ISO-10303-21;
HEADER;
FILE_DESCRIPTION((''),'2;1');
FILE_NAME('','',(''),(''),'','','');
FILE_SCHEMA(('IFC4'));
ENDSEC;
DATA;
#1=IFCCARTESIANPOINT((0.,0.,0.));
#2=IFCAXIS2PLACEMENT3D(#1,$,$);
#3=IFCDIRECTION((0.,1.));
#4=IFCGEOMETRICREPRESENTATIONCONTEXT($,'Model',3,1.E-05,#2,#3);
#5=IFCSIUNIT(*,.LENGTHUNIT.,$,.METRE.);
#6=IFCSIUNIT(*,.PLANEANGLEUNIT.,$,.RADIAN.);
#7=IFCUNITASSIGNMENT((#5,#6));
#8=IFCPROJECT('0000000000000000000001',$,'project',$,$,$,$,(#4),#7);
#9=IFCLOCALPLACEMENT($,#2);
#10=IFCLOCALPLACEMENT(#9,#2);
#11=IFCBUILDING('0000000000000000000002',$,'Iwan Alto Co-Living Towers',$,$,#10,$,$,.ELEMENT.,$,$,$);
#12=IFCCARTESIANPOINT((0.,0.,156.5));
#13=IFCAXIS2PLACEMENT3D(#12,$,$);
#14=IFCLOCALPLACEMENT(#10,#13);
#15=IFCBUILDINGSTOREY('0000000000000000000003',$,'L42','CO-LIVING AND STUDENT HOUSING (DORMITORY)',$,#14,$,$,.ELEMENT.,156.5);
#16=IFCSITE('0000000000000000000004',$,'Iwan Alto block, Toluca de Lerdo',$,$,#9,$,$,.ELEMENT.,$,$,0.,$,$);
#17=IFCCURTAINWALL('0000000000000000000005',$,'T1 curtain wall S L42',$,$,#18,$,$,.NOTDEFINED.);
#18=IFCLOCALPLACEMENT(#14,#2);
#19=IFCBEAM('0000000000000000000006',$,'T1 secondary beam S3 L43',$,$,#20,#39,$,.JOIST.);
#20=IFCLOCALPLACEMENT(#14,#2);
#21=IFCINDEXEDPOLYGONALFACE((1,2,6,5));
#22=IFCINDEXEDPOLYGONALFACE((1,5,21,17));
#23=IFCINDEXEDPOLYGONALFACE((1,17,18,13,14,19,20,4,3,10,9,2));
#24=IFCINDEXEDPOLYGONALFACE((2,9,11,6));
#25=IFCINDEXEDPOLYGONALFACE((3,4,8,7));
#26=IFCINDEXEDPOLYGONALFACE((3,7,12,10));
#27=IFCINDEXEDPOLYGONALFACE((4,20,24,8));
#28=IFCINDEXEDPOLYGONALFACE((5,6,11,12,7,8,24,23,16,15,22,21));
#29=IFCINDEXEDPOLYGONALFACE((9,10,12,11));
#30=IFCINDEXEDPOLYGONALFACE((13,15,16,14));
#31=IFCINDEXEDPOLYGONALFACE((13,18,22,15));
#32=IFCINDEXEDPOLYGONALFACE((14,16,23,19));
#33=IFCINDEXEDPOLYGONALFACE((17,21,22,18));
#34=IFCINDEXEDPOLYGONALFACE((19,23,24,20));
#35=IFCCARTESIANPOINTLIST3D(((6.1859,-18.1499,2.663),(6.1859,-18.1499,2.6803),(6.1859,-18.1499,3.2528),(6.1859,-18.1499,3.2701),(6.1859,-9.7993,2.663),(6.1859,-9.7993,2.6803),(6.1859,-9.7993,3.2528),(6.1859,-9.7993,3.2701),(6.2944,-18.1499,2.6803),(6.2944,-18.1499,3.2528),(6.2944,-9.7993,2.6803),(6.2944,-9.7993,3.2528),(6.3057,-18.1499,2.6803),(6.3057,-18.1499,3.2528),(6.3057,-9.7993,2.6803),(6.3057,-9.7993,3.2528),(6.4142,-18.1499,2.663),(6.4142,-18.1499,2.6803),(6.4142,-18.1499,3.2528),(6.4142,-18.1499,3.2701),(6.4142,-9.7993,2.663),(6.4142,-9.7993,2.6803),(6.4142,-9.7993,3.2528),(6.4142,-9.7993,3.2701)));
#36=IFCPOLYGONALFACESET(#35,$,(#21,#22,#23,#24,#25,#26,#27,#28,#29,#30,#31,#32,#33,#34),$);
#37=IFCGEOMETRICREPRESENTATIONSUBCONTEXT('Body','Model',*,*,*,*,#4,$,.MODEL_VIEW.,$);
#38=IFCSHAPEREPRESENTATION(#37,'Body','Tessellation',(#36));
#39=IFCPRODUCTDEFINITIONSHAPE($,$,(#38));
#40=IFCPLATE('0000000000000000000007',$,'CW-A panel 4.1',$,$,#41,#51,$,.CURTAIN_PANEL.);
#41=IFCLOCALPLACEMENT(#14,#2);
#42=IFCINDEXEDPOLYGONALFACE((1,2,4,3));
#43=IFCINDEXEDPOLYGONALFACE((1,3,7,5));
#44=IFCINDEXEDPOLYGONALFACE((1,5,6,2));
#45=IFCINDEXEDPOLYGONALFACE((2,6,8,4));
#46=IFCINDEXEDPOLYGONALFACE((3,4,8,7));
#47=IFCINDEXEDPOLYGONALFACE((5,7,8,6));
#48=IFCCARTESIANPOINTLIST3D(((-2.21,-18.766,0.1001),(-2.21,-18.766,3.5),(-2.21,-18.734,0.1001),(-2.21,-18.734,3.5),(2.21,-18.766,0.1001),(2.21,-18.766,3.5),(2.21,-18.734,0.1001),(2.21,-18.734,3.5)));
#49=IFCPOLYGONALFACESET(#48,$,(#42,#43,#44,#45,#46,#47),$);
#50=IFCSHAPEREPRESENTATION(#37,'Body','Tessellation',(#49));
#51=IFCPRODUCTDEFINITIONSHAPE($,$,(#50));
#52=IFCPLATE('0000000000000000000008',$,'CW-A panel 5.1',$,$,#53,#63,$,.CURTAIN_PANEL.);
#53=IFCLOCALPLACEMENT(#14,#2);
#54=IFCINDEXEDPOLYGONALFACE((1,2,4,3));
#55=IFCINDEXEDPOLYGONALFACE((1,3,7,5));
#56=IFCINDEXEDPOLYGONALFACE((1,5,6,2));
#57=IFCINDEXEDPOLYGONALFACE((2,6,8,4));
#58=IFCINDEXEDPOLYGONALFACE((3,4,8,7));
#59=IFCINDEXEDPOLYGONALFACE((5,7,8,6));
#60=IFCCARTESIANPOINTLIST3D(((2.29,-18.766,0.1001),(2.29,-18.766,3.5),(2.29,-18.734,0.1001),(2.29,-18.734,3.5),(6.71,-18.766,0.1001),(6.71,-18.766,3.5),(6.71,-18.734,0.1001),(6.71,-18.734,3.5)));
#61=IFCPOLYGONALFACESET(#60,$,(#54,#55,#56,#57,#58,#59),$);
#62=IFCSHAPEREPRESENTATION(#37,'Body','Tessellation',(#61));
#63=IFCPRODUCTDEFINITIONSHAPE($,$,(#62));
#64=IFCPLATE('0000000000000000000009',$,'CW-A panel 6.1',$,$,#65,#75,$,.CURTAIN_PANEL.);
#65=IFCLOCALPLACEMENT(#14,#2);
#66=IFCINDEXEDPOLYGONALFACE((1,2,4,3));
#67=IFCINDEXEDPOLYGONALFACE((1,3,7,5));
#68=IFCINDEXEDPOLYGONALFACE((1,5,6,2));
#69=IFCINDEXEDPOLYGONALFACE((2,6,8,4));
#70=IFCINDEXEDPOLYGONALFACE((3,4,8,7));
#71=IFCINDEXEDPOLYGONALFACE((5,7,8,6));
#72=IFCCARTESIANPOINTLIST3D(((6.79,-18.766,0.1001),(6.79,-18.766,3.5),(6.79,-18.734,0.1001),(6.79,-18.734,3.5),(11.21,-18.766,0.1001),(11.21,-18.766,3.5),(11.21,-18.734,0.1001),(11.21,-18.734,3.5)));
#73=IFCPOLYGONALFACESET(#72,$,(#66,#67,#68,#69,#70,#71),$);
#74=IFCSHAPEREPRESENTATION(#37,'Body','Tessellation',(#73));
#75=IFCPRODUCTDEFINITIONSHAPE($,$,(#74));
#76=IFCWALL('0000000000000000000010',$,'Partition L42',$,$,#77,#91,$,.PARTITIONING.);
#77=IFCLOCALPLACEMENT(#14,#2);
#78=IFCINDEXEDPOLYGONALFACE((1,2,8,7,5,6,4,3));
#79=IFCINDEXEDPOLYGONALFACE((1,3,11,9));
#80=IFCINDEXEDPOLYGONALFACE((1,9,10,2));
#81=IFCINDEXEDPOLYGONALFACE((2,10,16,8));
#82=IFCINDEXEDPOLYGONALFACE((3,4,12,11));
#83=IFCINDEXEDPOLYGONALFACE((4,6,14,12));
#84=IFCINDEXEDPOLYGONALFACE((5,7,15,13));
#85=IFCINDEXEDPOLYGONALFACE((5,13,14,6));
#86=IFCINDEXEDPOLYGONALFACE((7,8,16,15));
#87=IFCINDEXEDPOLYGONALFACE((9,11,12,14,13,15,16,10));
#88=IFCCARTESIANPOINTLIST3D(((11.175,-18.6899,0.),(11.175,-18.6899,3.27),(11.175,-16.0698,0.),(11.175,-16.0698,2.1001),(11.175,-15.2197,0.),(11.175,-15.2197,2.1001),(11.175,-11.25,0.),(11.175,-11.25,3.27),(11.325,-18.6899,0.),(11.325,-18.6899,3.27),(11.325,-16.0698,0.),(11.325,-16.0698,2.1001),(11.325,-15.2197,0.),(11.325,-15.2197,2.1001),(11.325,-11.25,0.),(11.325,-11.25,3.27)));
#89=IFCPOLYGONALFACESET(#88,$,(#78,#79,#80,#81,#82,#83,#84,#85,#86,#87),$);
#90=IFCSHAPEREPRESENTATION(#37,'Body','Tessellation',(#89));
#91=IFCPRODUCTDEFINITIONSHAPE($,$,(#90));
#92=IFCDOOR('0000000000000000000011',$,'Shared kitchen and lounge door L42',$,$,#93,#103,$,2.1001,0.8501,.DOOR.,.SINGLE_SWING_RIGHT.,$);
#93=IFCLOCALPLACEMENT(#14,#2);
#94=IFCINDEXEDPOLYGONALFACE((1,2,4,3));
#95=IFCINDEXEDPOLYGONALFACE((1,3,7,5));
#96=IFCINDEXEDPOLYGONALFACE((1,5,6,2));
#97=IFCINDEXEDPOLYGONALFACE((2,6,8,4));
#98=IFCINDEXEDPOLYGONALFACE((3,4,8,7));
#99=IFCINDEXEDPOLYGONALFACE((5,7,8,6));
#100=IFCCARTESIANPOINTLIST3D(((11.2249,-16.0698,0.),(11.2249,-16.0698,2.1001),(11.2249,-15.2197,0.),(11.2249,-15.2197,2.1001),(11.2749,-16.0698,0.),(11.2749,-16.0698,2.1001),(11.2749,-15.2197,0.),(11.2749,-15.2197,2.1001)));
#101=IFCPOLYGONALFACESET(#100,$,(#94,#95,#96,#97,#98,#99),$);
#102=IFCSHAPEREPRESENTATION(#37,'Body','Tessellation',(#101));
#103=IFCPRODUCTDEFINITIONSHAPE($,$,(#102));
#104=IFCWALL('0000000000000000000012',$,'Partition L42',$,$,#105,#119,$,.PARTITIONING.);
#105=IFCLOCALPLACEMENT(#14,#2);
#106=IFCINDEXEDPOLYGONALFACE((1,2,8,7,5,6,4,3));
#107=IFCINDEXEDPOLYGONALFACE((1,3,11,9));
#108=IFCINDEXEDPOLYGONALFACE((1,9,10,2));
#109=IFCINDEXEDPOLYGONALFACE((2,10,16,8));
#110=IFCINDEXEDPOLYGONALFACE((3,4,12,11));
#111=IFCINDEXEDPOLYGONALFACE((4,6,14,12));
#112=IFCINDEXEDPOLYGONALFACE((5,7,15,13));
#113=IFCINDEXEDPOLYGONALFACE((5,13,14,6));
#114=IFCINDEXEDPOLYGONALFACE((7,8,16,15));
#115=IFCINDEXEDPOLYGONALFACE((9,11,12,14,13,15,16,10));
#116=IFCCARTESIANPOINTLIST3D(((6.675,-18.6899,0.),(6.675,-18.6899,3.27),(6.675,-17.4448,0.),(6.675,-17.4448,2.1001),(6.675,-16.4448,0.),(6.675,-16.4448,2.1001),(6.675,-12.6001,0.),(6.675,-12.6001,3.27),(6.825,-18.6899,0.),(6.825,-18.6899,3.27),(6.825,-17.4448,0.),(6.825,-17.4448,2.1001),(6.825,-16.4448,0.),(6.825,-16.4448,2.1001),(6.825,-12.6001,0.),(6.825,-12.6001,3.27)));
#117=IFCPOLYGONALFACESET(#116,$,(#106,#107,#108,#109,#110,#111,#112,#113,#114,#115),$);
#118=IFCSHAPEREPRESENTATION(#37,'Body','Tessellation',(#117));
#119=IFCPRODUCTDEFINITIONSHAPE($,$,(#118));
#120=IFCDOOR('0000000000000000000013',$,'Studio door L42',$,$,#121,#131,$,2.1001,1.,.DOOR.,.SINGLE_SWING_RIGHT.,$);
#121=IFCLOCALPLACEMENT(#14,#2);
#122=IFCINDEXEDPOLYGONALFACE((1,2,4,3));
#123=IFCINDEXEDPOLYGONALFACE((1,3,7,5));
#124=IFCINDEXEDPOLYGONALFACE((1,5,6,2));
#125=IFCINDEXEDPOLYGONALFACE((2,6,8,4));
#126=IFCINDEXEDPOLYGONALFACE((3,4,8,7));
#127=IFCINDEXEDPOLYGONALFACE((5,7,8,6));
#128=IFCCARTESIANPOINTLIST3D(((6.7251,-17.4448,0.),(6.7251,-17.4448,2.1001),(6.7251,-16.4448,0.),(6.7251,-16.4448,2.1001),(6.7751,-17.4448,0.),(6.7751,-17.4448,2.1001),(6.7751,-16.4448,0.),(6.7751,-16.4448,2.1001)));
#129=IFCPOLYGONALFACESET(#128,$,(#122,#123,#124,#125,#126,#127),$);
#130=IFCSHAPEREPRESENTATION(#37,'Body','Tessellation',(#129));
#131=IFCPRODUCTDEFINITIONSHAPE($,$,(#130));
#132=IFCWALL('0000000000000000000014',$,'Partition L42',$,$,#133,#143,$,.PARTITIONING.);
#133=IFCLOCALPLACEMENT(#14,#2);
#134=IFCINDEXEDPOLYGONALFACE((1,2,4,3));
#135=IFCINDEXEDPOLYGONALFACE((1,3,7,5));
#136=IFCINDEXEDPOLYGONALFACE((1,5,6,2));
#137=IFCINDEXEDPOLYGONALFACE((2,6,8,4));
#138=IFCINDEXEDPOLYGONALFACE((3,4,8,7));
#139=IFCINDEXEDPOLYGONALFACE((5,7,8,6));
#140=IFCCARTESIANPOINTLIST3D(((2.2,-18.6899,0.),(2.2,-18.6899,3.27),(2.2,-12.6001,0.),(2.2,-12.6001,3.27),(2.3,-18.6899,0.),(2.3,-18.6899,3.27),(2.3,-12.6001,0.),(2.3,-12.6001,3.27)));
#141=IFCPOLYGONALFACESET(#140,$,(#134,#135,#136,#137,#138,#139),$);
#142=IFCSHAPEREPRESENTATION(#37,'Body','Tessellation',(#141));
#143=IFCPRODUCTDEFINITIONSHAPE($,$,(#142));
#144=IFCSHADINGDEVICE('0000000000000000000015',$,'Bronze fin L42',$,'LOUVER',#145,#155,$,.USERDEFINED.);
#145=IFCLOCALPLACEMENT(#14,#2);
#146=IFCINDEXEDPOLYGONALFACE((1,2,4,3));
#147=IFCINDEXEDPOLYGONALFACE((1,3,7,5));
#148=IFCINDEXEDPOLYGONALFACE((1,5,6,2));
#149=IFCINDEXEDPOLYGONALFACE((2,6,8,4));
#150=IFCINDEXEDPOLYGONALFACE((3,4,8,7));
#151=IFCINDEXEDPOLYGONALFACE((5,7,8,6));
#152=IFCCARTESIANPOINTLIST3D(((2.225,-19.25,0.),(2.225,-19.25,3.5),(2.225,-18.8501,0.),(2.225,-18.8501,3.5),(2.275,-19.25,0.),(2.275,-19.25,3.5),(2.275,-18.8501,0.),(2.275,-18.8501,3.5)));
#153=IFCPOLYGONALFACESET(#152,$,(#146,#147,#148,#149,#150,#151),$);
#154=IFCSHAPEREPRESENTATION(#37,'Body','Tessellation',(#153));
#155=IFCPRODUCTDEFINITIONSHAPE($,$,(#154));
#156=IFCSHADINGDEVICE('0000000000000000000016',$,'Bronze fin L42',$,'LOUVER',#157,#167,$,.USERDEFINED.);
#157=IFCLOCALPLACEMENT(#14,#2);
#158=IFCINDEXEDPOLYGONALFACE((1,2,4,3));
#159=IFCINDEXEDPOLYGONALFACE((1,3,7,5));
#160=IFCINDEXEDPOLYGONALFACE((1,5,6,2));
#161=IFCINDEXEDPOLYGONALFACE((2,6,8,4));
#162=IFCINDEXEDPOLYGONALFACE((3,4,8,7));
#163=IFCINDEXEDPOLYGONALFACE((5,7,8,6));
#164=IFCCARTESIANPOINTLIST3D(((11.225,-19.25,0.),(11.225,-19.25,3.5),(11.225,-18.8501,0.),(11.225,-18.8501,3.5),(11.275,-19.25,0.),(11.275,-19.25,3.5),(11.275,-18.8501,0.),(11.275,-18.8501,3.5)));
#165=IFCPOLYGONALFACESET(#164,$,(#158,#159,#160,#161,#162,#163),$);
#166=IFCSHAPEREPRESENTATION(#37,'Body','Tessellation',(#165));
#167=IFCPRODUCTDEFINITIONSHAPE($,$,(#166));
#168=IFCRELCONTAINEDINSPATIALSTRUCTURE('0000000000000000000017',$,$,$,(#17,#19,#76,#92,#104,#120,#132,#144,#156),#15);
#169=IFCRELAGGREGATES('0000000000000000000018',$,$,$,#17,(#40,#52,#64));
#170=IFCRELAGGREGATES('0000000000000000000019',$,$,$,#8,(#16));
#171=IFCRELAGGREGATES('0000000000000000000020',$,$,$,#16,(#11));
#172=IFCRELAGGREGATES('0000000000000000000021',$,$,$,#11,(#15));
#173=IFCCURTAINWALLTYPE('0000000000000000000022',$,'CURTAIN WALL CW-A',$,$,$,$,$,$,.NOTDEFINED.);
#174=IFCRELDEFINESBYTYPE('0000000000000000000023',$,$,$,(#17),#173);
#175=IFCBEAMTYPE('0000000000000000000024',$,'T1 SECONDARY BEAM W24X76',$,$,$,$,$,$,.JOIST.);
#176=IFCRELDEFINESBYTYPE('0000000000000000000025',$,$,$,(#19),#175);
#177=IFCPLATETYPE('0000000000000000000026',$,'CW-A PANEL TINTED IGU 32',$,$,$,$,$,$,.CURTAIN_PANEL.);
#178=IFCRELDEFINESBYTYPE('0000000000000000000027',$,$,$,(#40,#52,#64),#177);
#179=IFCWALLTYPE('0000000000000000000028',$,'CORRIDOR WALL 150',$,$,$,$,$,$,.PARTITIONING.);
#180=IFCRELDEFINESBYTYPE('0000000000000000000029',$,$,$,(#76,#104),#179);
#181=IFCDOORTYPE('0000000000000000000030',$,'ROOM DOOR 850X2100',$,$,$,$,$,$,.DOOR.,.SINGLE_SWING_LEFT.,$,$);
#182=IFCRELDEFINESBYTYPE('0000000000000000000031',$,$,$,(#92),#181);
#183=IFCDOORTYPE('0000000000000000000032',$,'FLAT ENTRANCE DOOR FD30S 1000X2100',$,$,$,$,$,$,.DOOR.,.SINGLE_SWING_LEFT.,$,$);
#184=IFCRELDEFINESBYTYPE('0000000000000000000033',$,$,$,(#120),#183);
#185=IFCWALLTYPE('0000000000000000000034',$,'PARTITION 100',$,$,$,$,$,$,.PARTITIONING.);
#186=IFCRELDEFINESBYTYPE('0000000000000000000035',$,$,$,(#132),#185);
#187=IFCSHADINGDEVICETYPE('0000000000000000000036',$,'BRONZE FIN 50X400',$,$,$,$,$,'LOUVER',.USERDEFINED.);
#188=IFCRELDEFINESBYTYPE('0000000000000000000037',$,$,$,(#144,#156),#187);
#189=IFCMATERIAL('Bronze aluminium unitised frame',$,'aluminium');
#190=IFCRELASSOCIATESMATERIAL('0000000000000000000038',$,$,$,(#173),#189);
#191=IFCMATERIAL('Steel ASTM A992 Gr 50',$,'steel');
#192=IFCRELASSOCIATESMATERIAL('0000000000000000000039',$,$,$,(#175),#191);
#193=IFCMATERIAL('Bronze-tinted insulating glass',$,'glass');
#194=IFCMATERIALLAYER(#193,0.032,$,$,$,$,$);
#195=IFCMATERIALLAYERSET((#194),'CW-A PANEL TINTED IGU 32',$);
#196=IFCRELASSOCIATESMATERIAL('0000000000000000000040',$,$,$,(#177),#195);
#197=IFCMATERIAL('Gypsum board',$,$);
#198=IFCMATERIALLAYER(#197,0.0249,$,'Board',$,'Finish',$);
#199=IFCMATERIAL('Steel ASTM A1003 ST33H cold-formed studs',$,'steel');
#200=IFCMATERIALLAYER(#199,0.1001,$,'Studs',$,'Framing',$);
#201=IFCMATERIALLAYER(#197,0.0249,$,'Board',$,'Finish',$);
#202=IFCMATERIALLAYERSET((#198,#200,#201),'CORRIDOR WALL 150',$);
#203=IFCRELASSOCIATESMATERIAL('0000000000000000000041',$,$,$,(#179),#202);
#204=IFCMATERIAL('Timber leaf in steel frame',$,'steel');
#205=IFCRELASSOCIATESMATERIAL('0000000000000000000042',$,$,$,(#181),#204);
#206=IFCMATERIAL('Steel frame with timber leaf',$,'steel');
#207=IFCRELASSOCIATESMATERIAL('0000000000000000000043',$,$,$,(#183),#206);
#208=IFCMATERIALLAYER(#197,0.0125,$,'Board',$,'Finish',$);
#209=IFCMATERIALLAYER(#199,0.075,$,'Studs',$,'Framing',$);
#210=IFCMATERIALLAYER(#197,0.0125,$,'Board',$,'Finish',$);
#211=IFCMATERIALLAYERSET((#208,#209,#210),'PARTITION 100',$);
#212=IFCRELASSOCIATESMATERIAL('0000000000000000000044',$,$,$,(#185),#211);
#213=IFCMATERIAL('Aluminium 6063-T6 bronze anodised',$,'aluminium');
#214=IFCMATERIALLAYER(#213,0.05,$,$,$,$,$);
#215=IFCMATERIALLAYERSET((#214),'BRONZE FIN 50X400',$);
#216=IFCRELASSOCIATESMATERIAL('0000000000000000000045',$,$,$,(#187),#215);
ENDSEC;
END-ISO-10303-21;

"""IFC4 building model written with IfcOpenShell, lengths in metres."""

from ifc_helpers import new_model, si_unit, direction, frame, frame_2d, origin, origin_2d, place, context, subcontext, project, spatial, rectangle, i_section, extrude, material, layer, layer_set, material_profile, profile_set, type_object, element, fill, aggregate, save


model = new_model("IFC4")

# Units and contexts
model_context = context("Model", 3, precision=1e-05, world=origin(), true_north=direction((0.0, 1.0)))
body_context = subcontext(model_context, "Body", "Model", "MODEL_VIEW")
ifc_project = project(units=[si_unit("LENGTHUNIT", "METRE"), si_unit("PLANEANGLEUNIT", "RADIAN")], contexts=[model_context])

# Site, building, storey
site_placement = place(None, origin())
site = spatial("IfcSite", under=ifc_project, at=site_placement, Name="Iwan Alto block, Toluca de Lerdo", CompositionType="ELEMENT", RefElevation=0.0)
building_placement = place(site_placement, origin())
building = spatial("IfcBuilding", under=site, at=building_placement, Name="Iwan Alto Co-Living Towers", CompositionType="ELEMENT")
storey_placement = place(building_placement, frame((0.0, 0.0, 156.5)))
storey = spatial("IfcBuildingStorey", under=building, at=storey_placement, Name="L42", Description="CO-LIVING AND STUDENT HOUSING (DORMITORY)", CompositionType="ELEMENT", Elevation=156.5)

# Curtain wall
ifc_material_1 = material(Name="Bronze aluminium unitised frame", Category="aluminium")
curtain_wall_type = type_object("IfcCurtainWallType", Name="CURTAIN WALL CW-A", PredefinedType="NOTDEFINED", material=ifc_material_1)
curtain_wall_placement = place(storey_placement, origin())
curtain_wall = element("IfcCurtainWall", 1, at=curtain_wall_placement, inside=storey, type_object=curtain_wall_type, Name="T1 curtain wall S L42", PredefinedType="NOTDEFINED")

# Beam
ifc_material_2 = material(Name="Steel ASTM A992 Gr 50", Category="steel")
ifc_material_profile_1 = material_profile(ifc_material_2, i_section(OverallWidth=0.2283, OverallDepth=0.6072, WebThickness=0.0112, FlangeThickness=0.0173, at=origin_2d()), Name="W24X76")
ifc_profile_set_1 = profile_set([ifc_material_profile_1], Name="Steel ASTM A992 Gr 50")
beam_type_1 = type_object("IfcBeamType", Name="T1 SECONDARY BEAM W24X76", PredefinedType="JOIST", material=ifc_profile_set_1)
beam_1_placement = place(storey_placement, frame((6.3, -18.1499, 2.9666), z_axis=(0.0, 1.0, 0.0), x_axis=(-1.0, 0.0, 0.0)))
element("IfcBeam", 2, at=beam_1_placement, inside=storey, type_object=beam_type_1, Name="T1 secondary beam S3 L43", PredefinedType="JOIST", context=body_context, shape_type="SweptSolid", body=[
    extrude(i_section(OverallWidth=0.2283, OverallDepth=0.6072, WebThickness=0.0112, FlangeThickness=0.0173, at=origin_2d()), origin(), (0.0, 0.0, 1.0), 8.3506),
])

# Plates
ifc_material_3 = material(Name="Bronze-tinted insulating glass", Category="glass")
ifc_layer_1 = layer(ifc_material_3, 0.032)
ifc_layer_set_1 = layer_set([ifc_layer_1], Name="CW-A PANEL TINTED IGU 32")
plate_type = type_object("IfcPlateType", Name="CW-A PANEL TINTED IGU 32", PredefinedType="CURTAIN_PANEL", material=ifc_layer_set_1)
plate_1_placement = place(storey_placement, frame((0.0, -18.75, 0.1001), z_axis=(0.0, 0.0, 1.0), x_axis=(1.0, 0.0, 0.0)))
plate_1 = element("IfcPlate", 3, at=plate_1_placement, type_object=plate_type, Name="CW-A panel 4.1", PredefinedType="CURTAIN_PANEL", context=body_context, shape_type="SweptSolid", body=[
    extrude(rectangle(XDim=4.4199, YDim=0.032, at=origin_2d()), origin(), (0.0, 0.0, 1.0), 3.3999),
])
plate_2_placement = place(storey_placement, frame((4.5, -18.75, 0.1001), z_axis=(0.0, 0.0, 1.0), x_axis=(1.0, 0.0, 0.0)))
plate_2 = element("IfcPlate", 4, at=plate_2_placement, type_object=plate_type, Name="CW-A panel 5.1", PredefinedType="CURTAIN_PANEL", context=body_context, shape_type="SweptSolid", body=[
    extrude(rectangle(XDim=4.4199, YDim=0.032, at=origin_2d()), origin(), (0.0, 0.0, 1.0), 3.3999),
])
plate_3_placement = place(storey_placement, frame((9.0, -18.75, 0.1001), z_axis=(0.0, 0.0, 1.0), x_axis=(1.0, 0.0, 0.0)))
plate_3 = element("IfcPlate", 5, at=plate_3_placement, type_object=plate_type, Name="CW-A panel 6.1", PredefinedType="CURTAIN_PANEL", context=body_context, shape_type="SweptSolid", body=[
    extrude(rectangle(XDim=4.4199, YDim=0.032, at=origin_2d()), origin(), (0.0, 0.0, 1.0), 3.3999),
])
aggregate(curtain_wall, [plate_1, plate_2, plate_3])

# Walls, openings, doors
ifc_material_4 = material(Name="Gypsum board")
ifc_layer_2 = layer(ifc_material_4, 0.0249, Name="Board", Category="Finish")
ifc_material_5 = material(Name="Steel ASTM A1003 ST33H cold-formed studs", Category="steel")
ifc_layer_3 = layer(ifc_material_5, 0.1001, Name="Studs", Category="Framing")
ifc_layer_4 = layer(ifc_material_4, 0.0249, Name="Board", Category="Finish")
ifc_layer_set_2 = layer_set([ifc_layer_2, ifc_layer_3, ifc_layer_4], Name="CORRIDOR WALL 150")
wall_type_1 = type_object("IfcWallType", Name="CORRIDOR WALL 150", PredefinedType="PARTITIONING", material=ifc_layer_set_2)
wall_1_placement = place(storey_placement, frame((11.25, -18.6899, 0.0), z_axis=(0.0, 0.0, 1.0), x_axis=(0.0, 1.0, 0.0)))
wall_1 = element("IfcWall", 6, at=wall_1_placement, inside=storey, type_object=wall_type_1, Name="Partition L42", PredefinedType="PARTITIONING", context=body_context, shape_type="SweptSolid", body=[
    extrude(rectangle(XDim=7.4399, YDim=0.1499, at=frame_2d((3.72, 0.0))), origin(), (0.0, 0.0, 1.0), 3.27),
])
opening_1_placement = place(wall_1_placement, frame((2.6201, 0.0, 0.0)))
opening_1 = element("IfcOpeningElement", 7, at=opening_1_placement, cuts=wall_1, PredefinedType="OPENING", context=body_context, shape_type="SweptSolid", body=[
    extrude(rectangle(XDim=0.8501, YDim=2.1001, at=frame_2d((0.425, 1.05))), frame((0.0, 0.085, 0.0), z_axis=(0.0, -1.0, 0.0), x_axis=(1.0, 0.0, 0.0)), (0.0, 0.0, 1.0), 0.1699),
])
ifc_material_6 = material(Name="Timber leaf in steel frame", Category="steel")
door_type_1 = type_object("IfcDoorType", Name="ROOM DOOR 850X2100", OperationType="SINGLE_SWING_LEFT", PredefinedType="DOOR", material=ifc_material_6)
door_1_placement = place(opening_1_placement, frame((0.8501, 0.0, 0.0), z_axis=(0.0, 0.0, 1.0), x_axis=(-1.0, 0.0, 0.0)))
door_1 = element("IfcDoor", 8, at=door_1_placement, inside=storey, type_object=door_type_1, Name="Shared kitchen and lounge door L42", OperationType="SINGLE_SWING_RIGHT", OverallHeight=2.1001, OverallWidth=0.8501, PredefinedType="DOOR", context=body_context, shape_type="SweptSolid", body=[
    extrude(rectangle(XDim=0.8501, YDim=2.1001, at=frame_2d((0.425, 1.05))), frame((0.0, 0.0249, 0.0), z_axis=(0.0, -1.0, 0.0), x_axis=(1.0, 0.0, 0.0)), (0.0, 0.0, 1.0), 0.05),
])
fill(opening_1, door_1)
wall_2_placement = place(storey_placement, frame((6.75, -18.6899, 0.0), z_axis=(0.0, 0.0, 1.0), x_axis=(0.0, 1.0, 0.0)))
wall_2 = element("IfcWall", 9, at=wall_2_placement, inside=storey, type_object=wall_type_1, Name="Partition L42", PredefinedType="PARTITIONING", context=body_context, shape_type="SweptSolid", body=[
    extrude(rectangle(XDim=6.0898, YDim=0.1499, at=frame_2d((3.0449, 0.0))), origin(), (0.0, 0.0, 1.0), 3.27),
])
opening_2_placement = place(wall_2_placement, frame((1.2451, 0.0, 0.0)))
opening_2 = element("IfcOpeningElement", 10, at=opening_2_placement, cuts=wall_2, PredefinedType="OPENING", context=body_context, shape_type="SweptSolid", body=[
    extrude(rectangle(XDim=1.0, YDim=2.1001, at=frame_2d((0.5, 1.05))), frame((0.0, 0.085, 0.0), z_axis=(0.0, -1.0, 0.0), x_axis=(1.0, 0.0, 0.0)), (0.0, 0.0, 1.0), 0.1699),
])
ifc_material_7 = material(Name="Steel frame with timber leaf", Category="steel")
door_type_2 = type_object("IfcDoorType", Name="FLAT ENTRANCE DOOR FD30S 1000X2100", OperationType="SINGLE_SWING_LEFT", PredefinedType="DOOR", material=ifc_material_7)
door_2_placement = place(opening_2_placement, origin())
door_2 = element("IfcDoor", 11, at=door_2_placement, inside=storey, type_object=door_type_2, Name="Studio door L42", OperationType="SINGLE_SWING_RIGHT", OverallHeight=2.1001, OverallWidth=1.0, PredefinedType="DOOR", context=body_context, shape_type="SweptSolid", body=[
    extrude(rectangle(XDim=1.0, YDim=2.1001, at=frame_2d((0.5, 1.05))), frame((0.0, 0.0249, 0.0), z_axis=(0.0, -1.0, 0.0), x_axis=(1.0, 0.0, 0.0)), (0.0, 0.0, 1.0), 0.05),
])
fill(opening_2, door_2)

# Wall
ifc_layer_5 = layer(ifc_material_4, 0.0125, Name="Board", Category="Finish")
ifc_layer_6 = layer(ifc_material_5, 0.075, Name="Studs", Category="Framing")
ifc_layer_7 = layer(ifc_material_4, 0.0125, Name="Board", Category="Finish")
ifc_layer_set_3 = layer_set([ifc_layer_5, ifc_layer_6, ifc_layer_7], Name="PARTITION 100")
wall_type_2 = type_object("IfcWallType", Name="PARTITION 100", PredefinedType="PARTITIONING", material=ifc_layer_set_3)
wall_3_placement = place(storey_placement, frame((2.25, -18.6899, 0.0), z_axis=(0.0, 0.0, 1.0), x_axis=(0.0, 1.0, 0.0)))
element("IfcWall", 12, at=wall_3_placement, inside=storey, type_object=wall_type_2, Name="Partition L42", PredefinedType="PARTITIONING", context=body_context, shape_type="SweptSolid", body=[
    extrude(rectangle(XDim=6.0898, YDim=0.1001, at=frame_2d((3.0449, 0.0))), origin(), (0.0, 0.0, 1.0), 3.27),
])

# Shading devices
ifc_material_8 = material(Name="Aluminium 6063-T6 bronze anodised", Category="aluminium")
ifc_layer_8 = layer(ifc_material_8, 0.05)
ifc_layer_set_4 = layer_set([ifc_layer_8], Name="BRONZE FIN 50X400")
shading_device_type = type_object("IfcShadingDeviceType", Name="BRONZE FIN 50X400", ElementType="LOUVER", PredefinedType="USERDEFINED", material=ifc_layer_set_4)
for number, where, z_axis, x_axis, name in (
    (13, (2.25, -19.05, 0.0), (0.0, 0.0, 1.0), (1.0, 0.0, 0.0), "Bronze fin L42"),
    (14, (11.25, -19.05, 0.0), (0.0, 0.0, 1.0), (1.0, 0.0, 0.0), "Bronze fin L42"),
):
    element("IfcShadingDevice", number, at=place(storey_placement, frame(where, z_axis=z_axis, x_axis=x_axis)), inside=storey, type_object=shading_device_type, Name=name, ObjectType="LOUVER", PredefinedType="USERDEFINED", context=body_context, shape_type="SweptSolid", body=[
        extrude(rectangle(XDim=0.05, YDim=0.3999, at=origin_2d()), origin(), (0.0, 0.0, 1.0), 3.5),
    ])

save(model, "model.ifc")
